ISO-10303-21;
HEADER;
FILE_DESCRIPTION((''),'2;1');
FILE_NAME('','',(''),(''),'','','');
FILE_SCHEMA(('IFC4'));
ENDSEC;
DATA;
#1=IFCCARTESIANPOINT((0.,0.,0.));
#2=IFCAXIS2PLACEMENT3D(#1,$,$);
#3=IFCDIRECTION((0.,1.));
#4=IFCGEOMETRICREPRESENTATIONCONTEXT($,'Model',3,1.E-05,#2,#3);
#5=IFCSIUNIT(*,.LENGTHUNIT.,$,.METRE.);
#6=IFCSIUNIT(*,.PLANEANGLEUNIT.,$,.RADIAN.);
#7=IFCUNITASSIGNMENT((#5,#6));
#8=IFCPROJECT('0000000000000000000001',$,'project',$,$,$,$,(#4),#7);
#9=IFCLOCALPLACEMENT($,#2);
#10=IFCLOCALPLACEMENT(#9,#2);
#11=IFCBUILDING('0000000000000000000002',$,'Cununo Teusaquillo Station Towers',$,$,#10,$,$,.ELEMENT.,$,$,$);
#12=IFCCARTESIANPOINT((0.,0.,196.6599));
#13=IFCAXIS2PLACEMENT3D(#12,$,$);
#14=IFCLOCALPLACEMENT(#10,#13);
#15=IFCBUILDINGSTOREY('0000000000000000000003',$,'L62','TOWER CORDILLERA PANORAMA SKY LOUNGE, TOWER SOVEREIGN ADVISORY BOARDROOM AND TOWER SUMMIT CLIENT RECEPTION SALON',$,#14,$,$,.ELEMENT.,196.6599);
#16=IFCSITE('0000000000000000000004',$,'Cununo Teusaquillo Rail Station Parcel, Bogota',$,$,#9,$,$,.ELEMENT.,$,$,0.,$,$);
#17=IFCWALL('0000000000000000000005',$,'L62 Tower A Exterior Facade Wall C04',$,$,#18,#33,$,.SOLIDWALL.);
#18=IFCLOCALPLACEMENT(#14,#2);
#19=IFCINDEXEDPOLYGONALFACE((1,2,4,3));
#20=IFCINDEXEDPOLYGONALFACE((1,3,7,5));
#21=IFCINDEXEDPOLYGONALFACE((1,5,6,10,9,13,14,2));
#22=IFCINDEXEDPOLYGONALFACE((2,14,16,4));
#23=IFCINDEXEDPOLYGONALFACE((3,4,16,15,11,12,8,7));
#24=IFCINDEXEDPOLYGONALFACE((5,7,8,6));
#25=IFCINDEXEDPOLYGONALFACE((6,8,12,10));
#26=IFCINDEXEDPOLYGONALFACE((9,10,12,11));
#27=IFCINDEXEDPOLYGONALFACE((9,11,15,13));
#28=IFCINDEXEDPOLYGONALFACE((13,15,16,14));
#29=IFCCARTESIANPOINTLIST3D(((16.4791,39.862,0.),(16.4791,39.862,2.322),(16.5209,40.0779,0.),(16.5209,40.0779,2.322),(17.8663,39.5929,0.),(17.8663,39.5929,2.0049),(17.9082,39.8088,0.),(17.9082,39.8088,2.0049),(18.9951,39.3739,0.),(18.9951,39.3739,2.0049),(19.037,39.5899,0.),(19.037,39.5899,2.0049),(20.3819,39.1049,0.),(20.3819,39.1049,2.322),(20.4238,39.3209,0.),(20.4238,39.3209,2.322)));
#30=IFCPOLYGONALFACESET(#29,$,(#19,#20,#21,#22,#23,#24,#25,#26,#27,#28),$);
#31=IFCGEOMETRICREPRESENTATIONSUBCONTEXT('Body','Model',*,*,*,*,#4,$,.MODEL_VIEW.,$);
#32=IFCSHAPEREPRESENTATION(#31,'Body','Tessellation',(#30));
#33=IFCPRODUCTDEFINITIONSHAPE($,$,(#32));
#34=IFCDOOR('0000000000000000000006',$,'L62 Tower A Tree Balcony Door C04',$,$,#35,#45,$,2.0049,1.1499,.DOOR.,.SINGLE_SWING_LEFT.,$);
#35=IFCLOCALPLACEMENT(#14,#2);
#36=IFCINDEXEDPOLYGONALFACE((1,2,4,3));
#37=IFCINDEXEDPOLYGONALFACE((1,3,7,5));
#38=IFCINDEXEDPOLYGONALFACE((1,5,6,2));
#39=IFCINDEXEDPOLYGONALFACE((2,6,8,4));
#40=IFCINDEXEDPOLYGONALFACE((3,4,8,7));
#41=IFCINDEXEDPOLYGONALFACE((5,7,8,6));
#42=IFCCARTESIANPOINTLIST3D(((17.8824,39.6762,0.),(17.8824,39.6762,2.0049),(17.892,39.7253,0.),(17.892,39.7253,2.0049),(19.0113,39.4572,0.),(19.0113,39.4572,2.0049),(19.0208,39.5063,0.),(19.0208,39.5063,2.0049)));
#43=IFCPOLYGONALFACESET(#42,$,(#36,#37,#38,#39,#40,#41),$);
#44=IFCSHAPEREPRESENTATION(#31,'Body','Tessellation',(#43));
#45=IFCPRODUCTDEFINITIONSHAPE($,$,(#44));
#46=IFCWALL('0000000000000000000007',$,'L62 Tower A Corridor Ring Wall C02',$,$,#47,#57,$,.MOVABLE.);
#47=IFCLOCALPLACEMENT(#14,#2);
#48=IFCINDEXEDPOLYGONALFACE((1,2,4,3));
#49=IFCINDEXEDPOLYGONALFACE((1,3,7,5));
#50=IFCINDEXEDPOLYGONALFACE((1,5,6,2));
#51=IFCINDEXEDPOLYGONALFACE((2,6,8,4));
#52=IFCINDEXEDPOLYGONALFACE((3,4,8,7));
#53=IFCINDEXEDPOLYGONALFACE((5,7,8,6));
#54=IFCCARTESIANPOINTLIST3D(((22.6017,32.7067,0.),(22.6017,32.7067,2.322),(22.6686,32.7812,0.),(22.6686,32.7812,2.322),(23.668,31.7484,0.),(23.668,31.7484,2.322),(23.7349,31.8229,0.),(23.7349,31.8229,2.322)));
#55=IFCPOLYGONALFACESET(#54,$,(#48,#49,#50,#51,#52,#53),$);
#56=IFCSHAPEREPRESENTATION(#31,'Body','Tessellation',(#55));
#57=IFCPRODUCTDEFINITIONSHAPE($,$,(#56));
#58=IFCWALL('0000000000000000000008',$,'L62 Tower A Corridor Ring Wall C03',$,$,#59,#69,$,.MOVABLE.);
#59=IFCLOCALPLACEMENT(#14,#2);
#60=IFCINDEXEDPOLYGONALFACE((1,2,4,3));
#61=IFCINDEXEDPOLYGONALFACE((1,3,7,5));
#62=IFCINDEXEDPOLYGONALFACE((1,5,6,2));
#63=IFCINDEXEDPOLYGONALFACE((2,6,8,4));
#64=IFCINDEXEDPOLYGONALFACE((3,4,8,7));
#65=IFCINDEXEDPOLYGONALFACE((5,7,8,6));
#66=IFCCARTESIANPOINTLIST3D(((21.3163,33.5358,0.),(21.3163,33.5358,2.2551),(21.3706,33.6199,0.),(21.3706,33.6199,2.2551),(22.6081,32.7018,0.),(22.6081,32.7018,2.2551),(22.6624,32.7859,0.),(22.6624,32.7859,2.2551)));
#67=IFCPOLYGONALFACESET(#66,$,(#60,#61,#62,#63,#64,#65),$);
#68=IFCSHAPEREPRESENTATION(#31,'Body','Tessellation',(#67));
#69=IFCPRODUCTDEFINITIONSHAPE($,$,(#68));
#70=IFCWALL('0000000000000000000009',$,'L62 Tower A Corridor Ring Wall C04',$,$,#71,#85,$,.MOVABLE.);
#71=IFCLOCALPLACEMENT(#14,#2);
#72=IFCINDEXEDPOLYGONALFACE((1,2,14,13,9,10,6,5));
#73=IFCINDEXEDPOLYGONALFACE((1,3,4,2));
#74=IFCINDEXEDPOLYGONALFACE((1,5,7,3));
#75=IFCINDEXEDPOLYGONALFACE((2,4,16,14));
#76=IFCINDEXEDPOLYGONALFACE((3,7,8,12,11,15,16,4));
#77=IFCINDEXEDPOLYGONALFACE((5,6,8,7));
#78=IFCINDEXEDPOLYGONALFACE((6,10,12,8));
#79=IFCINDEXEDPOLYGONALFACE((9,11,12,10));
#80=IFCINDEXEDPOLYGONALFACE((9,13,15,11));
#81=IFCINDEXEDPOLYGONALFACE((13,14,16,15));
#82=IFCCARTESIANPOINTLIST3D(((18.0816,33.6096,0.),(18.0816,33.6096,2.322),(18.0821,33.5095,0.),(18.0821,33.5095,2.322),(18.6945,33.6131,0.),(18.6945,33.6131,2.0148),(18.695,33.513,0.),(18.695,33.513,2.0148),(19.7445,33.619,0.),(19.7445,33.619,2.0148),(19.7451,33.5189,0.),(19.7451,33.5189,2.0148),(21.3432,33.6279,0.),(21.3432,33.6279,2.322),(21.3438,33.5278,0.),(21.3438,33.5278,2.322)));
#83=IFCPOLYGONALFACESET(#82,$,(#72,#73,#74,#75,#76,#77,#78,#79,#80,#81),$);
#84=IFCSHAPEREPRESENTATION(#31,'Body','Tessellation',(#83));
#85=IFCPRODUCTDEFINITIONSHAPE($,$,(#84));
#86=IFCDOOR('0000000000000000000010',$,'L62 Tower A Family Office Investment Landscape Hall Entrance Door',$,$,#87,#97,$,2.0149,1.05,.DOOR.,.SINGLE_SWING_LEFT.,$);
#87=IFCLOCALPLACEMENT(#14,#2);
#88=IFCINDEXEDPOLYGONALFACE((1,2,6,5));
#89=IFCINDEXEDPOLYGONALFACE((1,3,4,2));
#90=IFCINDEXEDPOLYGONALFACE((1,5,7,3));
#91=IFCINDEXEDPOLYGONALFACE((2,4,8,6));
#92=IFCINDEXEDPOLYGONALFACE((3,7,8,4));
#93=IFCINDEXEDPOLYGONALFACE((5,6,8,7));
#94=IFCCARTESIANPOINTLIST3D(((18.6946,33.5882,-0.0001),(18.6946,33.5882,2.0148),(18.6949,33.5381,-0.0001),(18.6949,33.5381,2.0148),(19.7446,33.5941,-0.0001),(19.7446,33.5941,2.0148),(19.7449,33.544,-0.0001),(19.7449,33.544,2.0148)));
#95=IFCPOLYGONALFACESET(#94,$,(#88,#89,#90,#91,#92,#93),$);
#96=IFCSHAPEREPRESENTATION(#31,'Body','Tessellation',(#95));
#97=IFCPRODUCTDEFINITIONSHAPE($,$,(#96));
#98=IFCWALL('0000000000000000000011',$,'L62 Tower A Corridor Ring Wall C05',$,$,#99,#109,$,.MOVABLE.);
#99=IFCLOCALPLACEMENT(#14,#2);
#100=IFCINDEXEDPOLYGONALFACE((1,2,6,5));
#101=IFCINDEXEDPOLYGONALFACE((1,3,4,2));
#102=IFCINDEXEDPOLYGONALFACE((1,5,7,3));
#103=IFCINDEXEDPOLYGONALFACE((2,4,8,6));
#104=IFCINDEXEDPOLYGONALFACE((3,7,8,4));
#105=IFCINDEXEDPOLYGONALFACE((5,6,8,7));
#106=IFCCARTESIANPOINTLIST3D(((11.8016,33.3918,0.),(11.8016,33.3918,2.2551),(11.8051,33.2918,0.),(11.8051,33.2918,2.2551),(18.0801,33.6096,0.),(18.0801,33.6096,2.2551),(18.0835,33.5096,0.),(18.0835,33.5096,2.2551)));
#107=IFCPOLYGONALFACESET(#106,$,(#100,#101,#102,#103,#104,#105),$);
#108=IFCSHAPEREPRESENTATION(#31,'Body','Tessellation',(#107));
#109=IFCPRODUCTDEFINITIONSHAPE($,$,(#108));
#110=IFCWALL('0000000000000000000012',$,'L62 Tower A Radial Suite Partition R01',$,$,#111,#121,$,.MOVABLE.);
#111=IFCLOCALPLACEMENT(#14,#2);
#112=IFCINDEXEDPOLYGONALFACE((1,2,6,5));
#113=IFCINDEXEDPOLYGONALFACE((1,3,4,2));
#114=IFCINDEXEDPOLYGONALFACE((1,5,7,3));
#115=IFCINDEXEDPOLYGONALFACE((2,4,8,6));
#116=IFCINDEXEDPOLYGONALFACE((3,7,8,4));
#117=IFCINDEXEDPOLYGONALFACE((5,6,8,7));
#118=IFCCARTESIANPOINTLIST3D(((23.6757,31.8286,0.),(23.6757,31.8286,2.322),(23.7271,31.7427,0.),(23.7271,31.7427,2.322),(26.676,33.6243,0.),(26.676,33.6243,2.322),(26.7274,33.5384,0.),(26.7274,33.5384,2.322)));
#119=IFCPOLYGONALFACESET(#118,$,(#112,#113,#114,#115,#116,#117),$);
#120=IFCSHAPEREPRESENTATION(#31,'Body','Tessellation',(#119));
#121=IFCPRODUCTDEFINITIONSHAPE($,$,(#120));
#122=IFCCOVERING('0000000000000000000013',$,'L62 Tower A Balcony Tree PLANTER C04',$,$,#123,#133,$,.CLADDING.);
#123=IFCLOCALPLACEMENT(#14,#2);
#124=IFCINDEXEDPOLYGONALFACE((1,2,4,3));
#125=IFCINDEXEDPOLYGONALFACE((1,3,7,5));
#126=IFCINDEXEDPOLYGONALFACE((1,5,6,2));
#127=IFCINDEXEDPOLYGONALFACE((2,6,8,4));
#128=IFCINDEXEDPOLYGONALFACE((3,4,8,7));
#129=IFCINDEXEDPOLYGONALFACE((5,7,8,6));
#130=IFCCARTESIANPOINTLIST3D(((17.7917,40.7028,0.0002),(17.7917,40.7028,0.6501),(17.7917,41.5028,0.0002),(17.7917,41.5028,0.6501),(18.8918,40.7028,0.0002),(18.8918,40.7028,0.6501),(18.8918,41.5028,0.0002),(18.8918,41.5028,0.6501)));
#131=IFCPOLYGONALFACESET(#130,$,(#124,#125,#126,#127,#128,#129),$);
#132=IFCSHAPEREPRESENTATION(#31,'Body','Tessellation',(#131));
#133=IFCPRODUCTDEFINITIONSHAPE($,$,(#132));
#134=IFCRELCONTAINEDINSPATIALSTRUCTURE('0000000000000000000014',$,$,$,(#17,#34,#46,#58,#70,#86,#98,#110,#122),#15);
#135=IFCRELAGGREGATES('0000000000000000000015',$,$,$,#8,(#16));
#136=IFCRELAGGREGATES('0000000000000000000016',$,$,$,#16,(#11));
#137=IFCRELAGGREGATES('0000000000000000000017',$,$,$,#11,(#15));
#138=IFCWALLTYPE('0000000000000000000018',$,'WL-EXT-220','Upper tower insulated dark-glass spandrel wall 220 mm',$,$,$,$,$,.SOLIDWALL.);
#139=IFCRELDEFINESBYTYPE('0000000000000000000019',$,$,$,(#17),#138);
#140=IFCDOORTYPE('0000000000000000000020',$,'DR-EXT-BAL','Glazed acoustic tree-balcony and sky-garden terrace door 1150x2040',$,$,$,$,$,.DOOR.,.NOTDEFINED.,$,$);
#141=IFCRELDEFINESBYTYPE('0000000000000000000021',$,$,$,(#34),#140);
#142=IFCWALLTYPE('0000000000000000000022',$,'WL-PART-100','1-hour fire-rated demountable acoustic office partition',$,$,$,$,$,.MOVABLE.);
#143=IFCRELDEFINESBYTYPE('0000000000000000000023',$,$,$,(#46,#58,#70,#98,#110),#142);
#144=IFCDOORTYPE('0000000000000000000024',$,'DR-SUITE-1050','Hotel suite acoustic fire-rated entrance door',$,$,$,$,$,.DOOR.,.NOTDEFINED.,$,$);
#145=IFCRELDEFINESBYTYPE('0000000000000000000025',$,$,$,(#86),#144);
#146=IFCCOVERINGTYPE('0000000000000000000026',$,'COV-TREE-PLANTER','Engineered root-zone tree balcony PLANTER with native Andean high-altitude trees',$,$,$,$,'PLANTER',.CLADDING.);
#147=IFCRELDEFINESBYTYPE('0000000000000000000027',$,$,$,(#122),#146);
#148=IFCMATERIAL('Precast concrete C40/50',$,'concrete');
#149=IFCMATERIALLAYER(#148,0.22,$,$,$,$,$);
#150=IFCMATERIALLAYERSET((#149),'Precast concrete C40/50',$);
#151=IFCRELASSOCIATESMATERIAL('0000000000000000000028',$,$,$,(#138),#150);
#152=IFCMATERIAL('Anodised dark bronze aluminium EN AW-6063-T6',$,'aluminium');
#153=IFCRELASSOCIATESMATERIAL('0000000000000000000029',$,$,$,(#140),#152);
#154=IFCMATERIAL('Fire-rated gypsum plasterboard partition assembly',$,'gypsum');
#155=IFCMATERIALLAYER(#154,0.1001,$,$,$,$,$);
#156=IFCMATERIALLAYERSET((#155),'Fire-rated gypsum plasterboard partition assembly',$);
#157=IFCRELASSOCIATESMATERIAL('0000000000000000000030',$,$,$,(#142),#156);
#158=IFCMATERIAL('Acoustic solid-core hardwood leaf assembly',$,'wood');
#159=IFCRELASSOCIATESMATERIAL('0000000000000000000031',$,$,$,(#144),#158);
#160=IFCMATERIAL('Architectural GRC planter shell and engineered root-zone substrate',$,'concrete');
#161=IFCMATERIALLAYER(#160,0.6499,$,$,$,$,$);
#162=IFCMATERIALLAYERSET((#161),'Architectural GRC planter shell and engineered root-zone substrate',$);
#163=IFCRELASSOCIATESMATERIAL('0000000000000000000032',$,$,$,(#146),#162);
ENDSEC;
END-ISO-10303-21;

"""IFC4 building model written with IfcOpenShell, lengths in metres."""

from ifc_helpers import new_model, si_unit, direction, frame, frame_2d, origin, origin_2d, place, context, subcontext, project, spatial, rectangle, extrude, source, transform, mapped, material, layer, layer_set, type_object, element, fill, save


model = new_model("IFC4")

# Units and contexts
model_context = context("Model", 3, precision=1e-05, world=origin(), true_north=direction((0.0, 1.0)))
body_context = subcontext(model_context, "Body", "Model", "MODEL_VIEW")
ifc_project = project(units=[si_unit("LENGTHUNIT", "METRE"), si_unit("PLANEANGLEUNIT", "RADIAN")], contexts=[model_context])

# Site, building, storey
site_placement = place(None, origin())
site = spatial("IfcSite", under=ifc_project, at=site_placement, Name="Cununo Teusaquillo Rail Station Parcel, Bogota", CompositionType="ELEMENT", RefElevation=0.0)
building_placement = place(site_placement, origin())
building = spatial("IfcBuilding", under=site, at=building_placement, Name="Cununo Teusaquillo Station Towers", CompositionType="ELEMENT")
storey_placement = place(building_placement, frame((0.0, 0.0, 196.6599)))
storey = spatial("IfcBuildingStorey", under=building, at=storey_placement, Name="L62", Description="TOWER CORDILLERA PANORAMA SKY LOUNGE, TOWER SOVEREIGN ADVISORY BOARDROOM AND TOWER SUMMIT CLIENT RECEPTION SALON", CompositionType="ELEMENT", Elevation=196.6599)

# Shared definitions
ifc_material_1 = material(Name="Precast concrete C40/50", Category="concrete")
ifc_layer_1 = layer(ifc_material_1, 0.22)
ifc_layer_set_1 = layer_set([ifc_layer_1], Name="Precast concrete C40/50")
wall_type_1 = type_object("IfcWallType", Name="WL-EXT-220", Description="Upper tower insulated dark-glass spandrel wall 220 mm", PredefinedType="SOLIDWALL", material=ifc_layer_set_1)

# Wall, opening, door
wall_1_placement = place(storey_placement, frame((16.5, 39.97, 0.0), z_axis=(0.0, 0.0, 1.0), x_axis=(0.9817, -0.190432, 0.0)))
wall_1 = element("IfcWall", 1, at=wall_1_placement, inside=storey, type_object=wall_type_1, Name="L62 Tower A Exterior Facade Wall C04", PredefinedType="SOLIDWALL", context=body_context, shape_type="SweptSolid", body=[
    extrude(rectangle(XDim=3.9756, YDim=0.22, at=frame_2d((1.9878, 0.0))), origin(), (0.0, 0.0, 1.0), 2.322),
])
shared_shape_1 = source(origin(), body_context, "Body", "SweptSolid", [
    extrude(rectangle(XDim=1.1499, YDim=2.0049, at=frame_2d((0.575, 1.0024))), frame((0.0, 0.1199, 0.0), z_axis=(0.0, -1.0, 0.0), x_axis=(1.0, 0.0, 0.0)), (0.0, 0.0, 1.0), 0.24),
])
opening_1_placement = place(wall_1_placement, frame((1.4131, 0.0, 0.0)))
opening_1 = element("IfcOpeningElement", 2, at=opening_1_placement, cuts=wall_1, PredefinedType="OPENING", context=body_context, shape_type="MappedRepresentation", body=[
    mapped(shared_shape_1, transform((0.0, 0.0, 0.0), x_axis=(1.0, 0.0, 0.0), y_axis=(0.0, 1.0, 0.0), z_axis=(0.0, 0.0, 1.0), scale=1.0)),
])
ifc_material_2 = material(Name="Anodised dark bronze aluminium EN AW-6063-T6", Category="aluminium")
door_type_1 = type_object("IfcDoorType", Name="DR-EXT-BAL", Description="Glazed acoustic tree-balcony and sky-garden terrace door 1150x2040", OperationType="NOTDEFINED", PredefinedType="DOOR", material=ifc_material_2)
shared_shape_2 = source(origin(), body_context, "Body", "SweptSolid", [
    extrude(rectangle(XDim=1.1499, YDim=2.0049, at=frame_2d((0.575, 1.0024))), frame((0.0, 0.0249, 0.0), z_axis=(0.0, -1.0, 0.0), x_axis=(1.0, 0.0, 0.0)), (0.0, 0.0, 1.0), 0.05),
])
door_1_placement = place(opening_1_placement, origin())
door_1 = element("IfcDoor", 3, at=door_1_placement, inside=storey, type_object=door_type_1, Name="L62 Tower A Tree Balcony Door C04", OperationType="SINGLE_SWING_LEFT", OverallHeight=2.0049, OverallWidth=1.1499, PredefinedType="DOOR", context=body_context, shape_type="MappedRepresentation", body=[
    mapped(shared_shape_2, transform((0.0, 0.0, 0.0), x_axis=(1.0, 0.0, 0.0), y_axis=(0.0, 1.0, 0.0), z_axis=(0.0, 0.0, 1.0), scale=1.0)),
])
fill(opening_1, door_1)

# Walls
ifc_material_3 = material(Name="Fire-rated gypsum plasterboard partition assembly", Category="gypsum")
ifc_layer_2 = layer(ifc_material_3, 0.1001)
ifc_layer_set_2 = layer_set([ifc_layer_2], Name="Fire-rated gypsum plasterboard partition assembly")
wall_type_2 = type_object("IfcWallType", Name="WL-PART-100", Description="1-hour fire-rated demountable acoustic office partition", PredefinedType="MOVABLE", material=ifc_layer_set_2)
wall_2_placement = place(storey_placement, frame((23.7014, 31.7856, 0.0), z_axis=(0.0, 0.0, 1.0), x_axis=(-0.743743, 0.668466, 0.0)))
element("IfcWall", 4, at=wall_2_placement, inside=storey, type_object=wall_type_2, Name="L62 Tower A Corridor Ring Wall C02", PredefinedType="MOVABLE", context=body_context, shape_type="SweptSolid", body=[
    extrude(rectangle(XDim=1.4336, YDim=0.1001, at=frame_2d((0.7168, 0.0))), origin(), (0.0, 0.0, 1.0), 2.322),
])
wall_3_placement = place(storey_placement, frame((22.6353, 32.7439, 0.0), z_axis=(0.0, 0.0, 1.0), x_axis=(-0.840119, 0.542402, 0.0)))
element("IfcWall", 5, at=wall_3_placement, inside=storey, type_object=wall_type_2, Name="L62 Tower A Corridor Ring Wall C03", PredefinedType="MOVABLE", context=body_context, shape_type="SweptSolid", body=[
    extrude(rectangle(XDim=1.5376, YDim=0.1001, at=frame_2d((0.7688, 0.0))), origin(), (0.0, 0.0, 1.0), 2.2551),
])

# Wall, opening, door
wall_4_placement = place(storey_placement, frame((21.3435, 33.5779, 0.0), z_axis=(0.0, 0.0, 1.0), x_axis=(-0.999984, -0.005614, 0.0)))
wall_4 = element("IfcWall", 6, at=wall_4_placement, inside=storey, type_object=wall_type_2, Name="L62 Tower A Corridor Ring Wall C04", PredefinedType="MOVABLE", context=body_context, shape_type="SweptSolid", body=[
    extrude(rectangle(XDim=3.2617, YDim=0.1001, at=frame_2d((1.6309, 0.0))), origin(), (0.0, 0.0, 1.0), 2.322),
])
shared_shape_3 = source(origin(), body_context, "Body", "SweptSolid", [
    extrude(rectangle(XDim=1.05, YDim=2.0149, at=frame_2d((0.5249, 1.0073))), frame((0.0, 0.0601, 0.0), z_axis=(0.0, -1.0, 0.0), x_axis=(1.0, 0.0, 0.0)), (0.0, 0.0, 1.0), 0.1201),
])
opening_2_placement = place(wall_4_placement, frame((1.5989, 0.0, 0.0)))
opening_2 = element("IfcOpeningElement", 7, at=opening_2_placement, cuts=wall_4, PredefinedType="OPENING", context=body_context, shape_type="MappedRepresentation", body=[
    mapped(shared_shape_3, transform((0.0, 0.0, 0.0), x_axis=(1.0, 0.0, 0.0), y_axis=(0.0, 1.0, 0.0), z_axis=(0.0, 0.0, 1.0), scale=1.0)),
])
ifc_material_4 = material(Name="Acoustic solid-core hardwood leaf assembly", Category="wood")
door_type_2 = type_object("IfcDoorType", Name="DR-SUITE-1050", Description="Hotel suite acoustic fire-rated entrance door", OperationType="NOTDEFINED", PredefinedType="DOOR", material=ifc_material_4)
shared_shape_4 = source(origin(), body_context, "Body", "SweptSolid", [
    extrude(rectangle(XDim=1.05, YDim=2.0149, at=frame_2d((0.5249, 1.0073))), frame((0.0, 0.0249, 0.0), z_axis=(0.0, -1.0, 0.0), x_axis=(1.0, 0.0, 0.0)), (0.0, 0.0, 1.0), 0.05),
])
door_2_placement = place(opening_2_placement, origin())
door_2 = element("IfcDoor", 8, at=door_2_placement, inside=storey, type_object=door_type_2, Name="L62 Tower A Family Office Investment Landscape Hall Entrance Door", OperationType="SINGLE_SWING_LEFT", OverallHeight=2.0149, OverallWidth=1.05, PredefinedType="DOOR", context=body_context, shape_type="MappedRepresentation", body=[
    mapped(shared_shape_4, transform((0.0, 0.0, 0.0), x_axis=(1.0, 0.0, 0.0), y_axis=(0.0, 1.0, 0.0), z_axis=(0.0, 0.0, 1.0), scale=1.0)),
])
fill(opening_2, door_2)

# Walls
wall_5_placement = place(storey_placement, frame((18.0818, 33.5596, 0.0), z_axis=(0.0, 0.0, 1.0), x_axis=(-0.999399, -0.034664, 0.0)))
element("IfcWall", 9, at=wall_5_placement, inside=storey, type_object=wall_type_2, Name="L62 Tower A Corridor Ring Wall C05", PredefinedType="MOVABLE", context=body_context, shape_type="SweptSolid", body=[
    extrude(rectangle(XDim=6.2822, YDim=0.1001, at=frame_2d((3.1411, 0.0))), origin(), (0.0, 0.0, 1.0), 2.2551),
])
wall_6_placement = place(storey_placement, frame((23.7014, 31.7856, 0.0), z_axis=(0.0, 0.0, 1.0), x_axis=(0.858059, 0.513551, 0.0)))
element("IfcWall", 10, at=wall_6_placement, inside=storey, type_object=wall_type_2, Name="L62 Tower A Radial Suite Partition R01", PredefinedType="MOVABLE", context=body_context, shape_type="SweptSolid", body=[
    extrude(rectangle(XDim=3.4966, YDim=0.1001, at=frame_2d((1.7483, 0.0))), origin(), (0.0, 0.0, 1.0), 2.322),
])

# Covering
ifc_material_5 = material(Name="Architectural GRC planter shell and engineered root-zone substrate", Category="concrete")
ifc_layer_3 = layer(ifc_material_5, 0.6499)
ifc_layer_set_3 = layer_set([ifc_layer_3], Name="Architectural GRC planter shell and engineered root-zone substrate")
covering_type = type_object("IfcCoveringType", Name="COV-TREE-PLANTER", Description="Engineered root-zone tree balcony PLANTER with native Andean high-altitude trees", ElementType="PLANTER", PredefinedType="CLADDING", material=ifc_layer_set_3)
shared_shape_5 = source(origin(), body_context, "Body", "SweptSolid", [
    extrude(rectangle(XDim=1.1001, YDim=0.8, at=origin_2d()), origin(), (0.0, 0.0, 1.0), 0.6499),
])
covering_placement = place(storey_placement, frame((18.3418, 41.1028, 0.0002), z_axis=(0.0, 0.0, 1.0), x_axis=(1.0, 0.0, 0.0)))
element("IfcCovering", 11, at=covering_placement, inside=storey, type_object=covering_type, Name="L62 Tower A Balcony Tree PLANTER C04", PredefinedType="CLADDING", context=body_context, shape_type="MappedRepresentation", body=[
    mapped(shared_shape_5, transform((0.0, 0.0, 0.0), x_axis=(1.0, 0.0, 0.0), y_axis=(0.0, 1.0, 0.0), z_axis=(0.0, 0.0, 1.0), scale=1.0)),
])

save(model, "model.ifc")
